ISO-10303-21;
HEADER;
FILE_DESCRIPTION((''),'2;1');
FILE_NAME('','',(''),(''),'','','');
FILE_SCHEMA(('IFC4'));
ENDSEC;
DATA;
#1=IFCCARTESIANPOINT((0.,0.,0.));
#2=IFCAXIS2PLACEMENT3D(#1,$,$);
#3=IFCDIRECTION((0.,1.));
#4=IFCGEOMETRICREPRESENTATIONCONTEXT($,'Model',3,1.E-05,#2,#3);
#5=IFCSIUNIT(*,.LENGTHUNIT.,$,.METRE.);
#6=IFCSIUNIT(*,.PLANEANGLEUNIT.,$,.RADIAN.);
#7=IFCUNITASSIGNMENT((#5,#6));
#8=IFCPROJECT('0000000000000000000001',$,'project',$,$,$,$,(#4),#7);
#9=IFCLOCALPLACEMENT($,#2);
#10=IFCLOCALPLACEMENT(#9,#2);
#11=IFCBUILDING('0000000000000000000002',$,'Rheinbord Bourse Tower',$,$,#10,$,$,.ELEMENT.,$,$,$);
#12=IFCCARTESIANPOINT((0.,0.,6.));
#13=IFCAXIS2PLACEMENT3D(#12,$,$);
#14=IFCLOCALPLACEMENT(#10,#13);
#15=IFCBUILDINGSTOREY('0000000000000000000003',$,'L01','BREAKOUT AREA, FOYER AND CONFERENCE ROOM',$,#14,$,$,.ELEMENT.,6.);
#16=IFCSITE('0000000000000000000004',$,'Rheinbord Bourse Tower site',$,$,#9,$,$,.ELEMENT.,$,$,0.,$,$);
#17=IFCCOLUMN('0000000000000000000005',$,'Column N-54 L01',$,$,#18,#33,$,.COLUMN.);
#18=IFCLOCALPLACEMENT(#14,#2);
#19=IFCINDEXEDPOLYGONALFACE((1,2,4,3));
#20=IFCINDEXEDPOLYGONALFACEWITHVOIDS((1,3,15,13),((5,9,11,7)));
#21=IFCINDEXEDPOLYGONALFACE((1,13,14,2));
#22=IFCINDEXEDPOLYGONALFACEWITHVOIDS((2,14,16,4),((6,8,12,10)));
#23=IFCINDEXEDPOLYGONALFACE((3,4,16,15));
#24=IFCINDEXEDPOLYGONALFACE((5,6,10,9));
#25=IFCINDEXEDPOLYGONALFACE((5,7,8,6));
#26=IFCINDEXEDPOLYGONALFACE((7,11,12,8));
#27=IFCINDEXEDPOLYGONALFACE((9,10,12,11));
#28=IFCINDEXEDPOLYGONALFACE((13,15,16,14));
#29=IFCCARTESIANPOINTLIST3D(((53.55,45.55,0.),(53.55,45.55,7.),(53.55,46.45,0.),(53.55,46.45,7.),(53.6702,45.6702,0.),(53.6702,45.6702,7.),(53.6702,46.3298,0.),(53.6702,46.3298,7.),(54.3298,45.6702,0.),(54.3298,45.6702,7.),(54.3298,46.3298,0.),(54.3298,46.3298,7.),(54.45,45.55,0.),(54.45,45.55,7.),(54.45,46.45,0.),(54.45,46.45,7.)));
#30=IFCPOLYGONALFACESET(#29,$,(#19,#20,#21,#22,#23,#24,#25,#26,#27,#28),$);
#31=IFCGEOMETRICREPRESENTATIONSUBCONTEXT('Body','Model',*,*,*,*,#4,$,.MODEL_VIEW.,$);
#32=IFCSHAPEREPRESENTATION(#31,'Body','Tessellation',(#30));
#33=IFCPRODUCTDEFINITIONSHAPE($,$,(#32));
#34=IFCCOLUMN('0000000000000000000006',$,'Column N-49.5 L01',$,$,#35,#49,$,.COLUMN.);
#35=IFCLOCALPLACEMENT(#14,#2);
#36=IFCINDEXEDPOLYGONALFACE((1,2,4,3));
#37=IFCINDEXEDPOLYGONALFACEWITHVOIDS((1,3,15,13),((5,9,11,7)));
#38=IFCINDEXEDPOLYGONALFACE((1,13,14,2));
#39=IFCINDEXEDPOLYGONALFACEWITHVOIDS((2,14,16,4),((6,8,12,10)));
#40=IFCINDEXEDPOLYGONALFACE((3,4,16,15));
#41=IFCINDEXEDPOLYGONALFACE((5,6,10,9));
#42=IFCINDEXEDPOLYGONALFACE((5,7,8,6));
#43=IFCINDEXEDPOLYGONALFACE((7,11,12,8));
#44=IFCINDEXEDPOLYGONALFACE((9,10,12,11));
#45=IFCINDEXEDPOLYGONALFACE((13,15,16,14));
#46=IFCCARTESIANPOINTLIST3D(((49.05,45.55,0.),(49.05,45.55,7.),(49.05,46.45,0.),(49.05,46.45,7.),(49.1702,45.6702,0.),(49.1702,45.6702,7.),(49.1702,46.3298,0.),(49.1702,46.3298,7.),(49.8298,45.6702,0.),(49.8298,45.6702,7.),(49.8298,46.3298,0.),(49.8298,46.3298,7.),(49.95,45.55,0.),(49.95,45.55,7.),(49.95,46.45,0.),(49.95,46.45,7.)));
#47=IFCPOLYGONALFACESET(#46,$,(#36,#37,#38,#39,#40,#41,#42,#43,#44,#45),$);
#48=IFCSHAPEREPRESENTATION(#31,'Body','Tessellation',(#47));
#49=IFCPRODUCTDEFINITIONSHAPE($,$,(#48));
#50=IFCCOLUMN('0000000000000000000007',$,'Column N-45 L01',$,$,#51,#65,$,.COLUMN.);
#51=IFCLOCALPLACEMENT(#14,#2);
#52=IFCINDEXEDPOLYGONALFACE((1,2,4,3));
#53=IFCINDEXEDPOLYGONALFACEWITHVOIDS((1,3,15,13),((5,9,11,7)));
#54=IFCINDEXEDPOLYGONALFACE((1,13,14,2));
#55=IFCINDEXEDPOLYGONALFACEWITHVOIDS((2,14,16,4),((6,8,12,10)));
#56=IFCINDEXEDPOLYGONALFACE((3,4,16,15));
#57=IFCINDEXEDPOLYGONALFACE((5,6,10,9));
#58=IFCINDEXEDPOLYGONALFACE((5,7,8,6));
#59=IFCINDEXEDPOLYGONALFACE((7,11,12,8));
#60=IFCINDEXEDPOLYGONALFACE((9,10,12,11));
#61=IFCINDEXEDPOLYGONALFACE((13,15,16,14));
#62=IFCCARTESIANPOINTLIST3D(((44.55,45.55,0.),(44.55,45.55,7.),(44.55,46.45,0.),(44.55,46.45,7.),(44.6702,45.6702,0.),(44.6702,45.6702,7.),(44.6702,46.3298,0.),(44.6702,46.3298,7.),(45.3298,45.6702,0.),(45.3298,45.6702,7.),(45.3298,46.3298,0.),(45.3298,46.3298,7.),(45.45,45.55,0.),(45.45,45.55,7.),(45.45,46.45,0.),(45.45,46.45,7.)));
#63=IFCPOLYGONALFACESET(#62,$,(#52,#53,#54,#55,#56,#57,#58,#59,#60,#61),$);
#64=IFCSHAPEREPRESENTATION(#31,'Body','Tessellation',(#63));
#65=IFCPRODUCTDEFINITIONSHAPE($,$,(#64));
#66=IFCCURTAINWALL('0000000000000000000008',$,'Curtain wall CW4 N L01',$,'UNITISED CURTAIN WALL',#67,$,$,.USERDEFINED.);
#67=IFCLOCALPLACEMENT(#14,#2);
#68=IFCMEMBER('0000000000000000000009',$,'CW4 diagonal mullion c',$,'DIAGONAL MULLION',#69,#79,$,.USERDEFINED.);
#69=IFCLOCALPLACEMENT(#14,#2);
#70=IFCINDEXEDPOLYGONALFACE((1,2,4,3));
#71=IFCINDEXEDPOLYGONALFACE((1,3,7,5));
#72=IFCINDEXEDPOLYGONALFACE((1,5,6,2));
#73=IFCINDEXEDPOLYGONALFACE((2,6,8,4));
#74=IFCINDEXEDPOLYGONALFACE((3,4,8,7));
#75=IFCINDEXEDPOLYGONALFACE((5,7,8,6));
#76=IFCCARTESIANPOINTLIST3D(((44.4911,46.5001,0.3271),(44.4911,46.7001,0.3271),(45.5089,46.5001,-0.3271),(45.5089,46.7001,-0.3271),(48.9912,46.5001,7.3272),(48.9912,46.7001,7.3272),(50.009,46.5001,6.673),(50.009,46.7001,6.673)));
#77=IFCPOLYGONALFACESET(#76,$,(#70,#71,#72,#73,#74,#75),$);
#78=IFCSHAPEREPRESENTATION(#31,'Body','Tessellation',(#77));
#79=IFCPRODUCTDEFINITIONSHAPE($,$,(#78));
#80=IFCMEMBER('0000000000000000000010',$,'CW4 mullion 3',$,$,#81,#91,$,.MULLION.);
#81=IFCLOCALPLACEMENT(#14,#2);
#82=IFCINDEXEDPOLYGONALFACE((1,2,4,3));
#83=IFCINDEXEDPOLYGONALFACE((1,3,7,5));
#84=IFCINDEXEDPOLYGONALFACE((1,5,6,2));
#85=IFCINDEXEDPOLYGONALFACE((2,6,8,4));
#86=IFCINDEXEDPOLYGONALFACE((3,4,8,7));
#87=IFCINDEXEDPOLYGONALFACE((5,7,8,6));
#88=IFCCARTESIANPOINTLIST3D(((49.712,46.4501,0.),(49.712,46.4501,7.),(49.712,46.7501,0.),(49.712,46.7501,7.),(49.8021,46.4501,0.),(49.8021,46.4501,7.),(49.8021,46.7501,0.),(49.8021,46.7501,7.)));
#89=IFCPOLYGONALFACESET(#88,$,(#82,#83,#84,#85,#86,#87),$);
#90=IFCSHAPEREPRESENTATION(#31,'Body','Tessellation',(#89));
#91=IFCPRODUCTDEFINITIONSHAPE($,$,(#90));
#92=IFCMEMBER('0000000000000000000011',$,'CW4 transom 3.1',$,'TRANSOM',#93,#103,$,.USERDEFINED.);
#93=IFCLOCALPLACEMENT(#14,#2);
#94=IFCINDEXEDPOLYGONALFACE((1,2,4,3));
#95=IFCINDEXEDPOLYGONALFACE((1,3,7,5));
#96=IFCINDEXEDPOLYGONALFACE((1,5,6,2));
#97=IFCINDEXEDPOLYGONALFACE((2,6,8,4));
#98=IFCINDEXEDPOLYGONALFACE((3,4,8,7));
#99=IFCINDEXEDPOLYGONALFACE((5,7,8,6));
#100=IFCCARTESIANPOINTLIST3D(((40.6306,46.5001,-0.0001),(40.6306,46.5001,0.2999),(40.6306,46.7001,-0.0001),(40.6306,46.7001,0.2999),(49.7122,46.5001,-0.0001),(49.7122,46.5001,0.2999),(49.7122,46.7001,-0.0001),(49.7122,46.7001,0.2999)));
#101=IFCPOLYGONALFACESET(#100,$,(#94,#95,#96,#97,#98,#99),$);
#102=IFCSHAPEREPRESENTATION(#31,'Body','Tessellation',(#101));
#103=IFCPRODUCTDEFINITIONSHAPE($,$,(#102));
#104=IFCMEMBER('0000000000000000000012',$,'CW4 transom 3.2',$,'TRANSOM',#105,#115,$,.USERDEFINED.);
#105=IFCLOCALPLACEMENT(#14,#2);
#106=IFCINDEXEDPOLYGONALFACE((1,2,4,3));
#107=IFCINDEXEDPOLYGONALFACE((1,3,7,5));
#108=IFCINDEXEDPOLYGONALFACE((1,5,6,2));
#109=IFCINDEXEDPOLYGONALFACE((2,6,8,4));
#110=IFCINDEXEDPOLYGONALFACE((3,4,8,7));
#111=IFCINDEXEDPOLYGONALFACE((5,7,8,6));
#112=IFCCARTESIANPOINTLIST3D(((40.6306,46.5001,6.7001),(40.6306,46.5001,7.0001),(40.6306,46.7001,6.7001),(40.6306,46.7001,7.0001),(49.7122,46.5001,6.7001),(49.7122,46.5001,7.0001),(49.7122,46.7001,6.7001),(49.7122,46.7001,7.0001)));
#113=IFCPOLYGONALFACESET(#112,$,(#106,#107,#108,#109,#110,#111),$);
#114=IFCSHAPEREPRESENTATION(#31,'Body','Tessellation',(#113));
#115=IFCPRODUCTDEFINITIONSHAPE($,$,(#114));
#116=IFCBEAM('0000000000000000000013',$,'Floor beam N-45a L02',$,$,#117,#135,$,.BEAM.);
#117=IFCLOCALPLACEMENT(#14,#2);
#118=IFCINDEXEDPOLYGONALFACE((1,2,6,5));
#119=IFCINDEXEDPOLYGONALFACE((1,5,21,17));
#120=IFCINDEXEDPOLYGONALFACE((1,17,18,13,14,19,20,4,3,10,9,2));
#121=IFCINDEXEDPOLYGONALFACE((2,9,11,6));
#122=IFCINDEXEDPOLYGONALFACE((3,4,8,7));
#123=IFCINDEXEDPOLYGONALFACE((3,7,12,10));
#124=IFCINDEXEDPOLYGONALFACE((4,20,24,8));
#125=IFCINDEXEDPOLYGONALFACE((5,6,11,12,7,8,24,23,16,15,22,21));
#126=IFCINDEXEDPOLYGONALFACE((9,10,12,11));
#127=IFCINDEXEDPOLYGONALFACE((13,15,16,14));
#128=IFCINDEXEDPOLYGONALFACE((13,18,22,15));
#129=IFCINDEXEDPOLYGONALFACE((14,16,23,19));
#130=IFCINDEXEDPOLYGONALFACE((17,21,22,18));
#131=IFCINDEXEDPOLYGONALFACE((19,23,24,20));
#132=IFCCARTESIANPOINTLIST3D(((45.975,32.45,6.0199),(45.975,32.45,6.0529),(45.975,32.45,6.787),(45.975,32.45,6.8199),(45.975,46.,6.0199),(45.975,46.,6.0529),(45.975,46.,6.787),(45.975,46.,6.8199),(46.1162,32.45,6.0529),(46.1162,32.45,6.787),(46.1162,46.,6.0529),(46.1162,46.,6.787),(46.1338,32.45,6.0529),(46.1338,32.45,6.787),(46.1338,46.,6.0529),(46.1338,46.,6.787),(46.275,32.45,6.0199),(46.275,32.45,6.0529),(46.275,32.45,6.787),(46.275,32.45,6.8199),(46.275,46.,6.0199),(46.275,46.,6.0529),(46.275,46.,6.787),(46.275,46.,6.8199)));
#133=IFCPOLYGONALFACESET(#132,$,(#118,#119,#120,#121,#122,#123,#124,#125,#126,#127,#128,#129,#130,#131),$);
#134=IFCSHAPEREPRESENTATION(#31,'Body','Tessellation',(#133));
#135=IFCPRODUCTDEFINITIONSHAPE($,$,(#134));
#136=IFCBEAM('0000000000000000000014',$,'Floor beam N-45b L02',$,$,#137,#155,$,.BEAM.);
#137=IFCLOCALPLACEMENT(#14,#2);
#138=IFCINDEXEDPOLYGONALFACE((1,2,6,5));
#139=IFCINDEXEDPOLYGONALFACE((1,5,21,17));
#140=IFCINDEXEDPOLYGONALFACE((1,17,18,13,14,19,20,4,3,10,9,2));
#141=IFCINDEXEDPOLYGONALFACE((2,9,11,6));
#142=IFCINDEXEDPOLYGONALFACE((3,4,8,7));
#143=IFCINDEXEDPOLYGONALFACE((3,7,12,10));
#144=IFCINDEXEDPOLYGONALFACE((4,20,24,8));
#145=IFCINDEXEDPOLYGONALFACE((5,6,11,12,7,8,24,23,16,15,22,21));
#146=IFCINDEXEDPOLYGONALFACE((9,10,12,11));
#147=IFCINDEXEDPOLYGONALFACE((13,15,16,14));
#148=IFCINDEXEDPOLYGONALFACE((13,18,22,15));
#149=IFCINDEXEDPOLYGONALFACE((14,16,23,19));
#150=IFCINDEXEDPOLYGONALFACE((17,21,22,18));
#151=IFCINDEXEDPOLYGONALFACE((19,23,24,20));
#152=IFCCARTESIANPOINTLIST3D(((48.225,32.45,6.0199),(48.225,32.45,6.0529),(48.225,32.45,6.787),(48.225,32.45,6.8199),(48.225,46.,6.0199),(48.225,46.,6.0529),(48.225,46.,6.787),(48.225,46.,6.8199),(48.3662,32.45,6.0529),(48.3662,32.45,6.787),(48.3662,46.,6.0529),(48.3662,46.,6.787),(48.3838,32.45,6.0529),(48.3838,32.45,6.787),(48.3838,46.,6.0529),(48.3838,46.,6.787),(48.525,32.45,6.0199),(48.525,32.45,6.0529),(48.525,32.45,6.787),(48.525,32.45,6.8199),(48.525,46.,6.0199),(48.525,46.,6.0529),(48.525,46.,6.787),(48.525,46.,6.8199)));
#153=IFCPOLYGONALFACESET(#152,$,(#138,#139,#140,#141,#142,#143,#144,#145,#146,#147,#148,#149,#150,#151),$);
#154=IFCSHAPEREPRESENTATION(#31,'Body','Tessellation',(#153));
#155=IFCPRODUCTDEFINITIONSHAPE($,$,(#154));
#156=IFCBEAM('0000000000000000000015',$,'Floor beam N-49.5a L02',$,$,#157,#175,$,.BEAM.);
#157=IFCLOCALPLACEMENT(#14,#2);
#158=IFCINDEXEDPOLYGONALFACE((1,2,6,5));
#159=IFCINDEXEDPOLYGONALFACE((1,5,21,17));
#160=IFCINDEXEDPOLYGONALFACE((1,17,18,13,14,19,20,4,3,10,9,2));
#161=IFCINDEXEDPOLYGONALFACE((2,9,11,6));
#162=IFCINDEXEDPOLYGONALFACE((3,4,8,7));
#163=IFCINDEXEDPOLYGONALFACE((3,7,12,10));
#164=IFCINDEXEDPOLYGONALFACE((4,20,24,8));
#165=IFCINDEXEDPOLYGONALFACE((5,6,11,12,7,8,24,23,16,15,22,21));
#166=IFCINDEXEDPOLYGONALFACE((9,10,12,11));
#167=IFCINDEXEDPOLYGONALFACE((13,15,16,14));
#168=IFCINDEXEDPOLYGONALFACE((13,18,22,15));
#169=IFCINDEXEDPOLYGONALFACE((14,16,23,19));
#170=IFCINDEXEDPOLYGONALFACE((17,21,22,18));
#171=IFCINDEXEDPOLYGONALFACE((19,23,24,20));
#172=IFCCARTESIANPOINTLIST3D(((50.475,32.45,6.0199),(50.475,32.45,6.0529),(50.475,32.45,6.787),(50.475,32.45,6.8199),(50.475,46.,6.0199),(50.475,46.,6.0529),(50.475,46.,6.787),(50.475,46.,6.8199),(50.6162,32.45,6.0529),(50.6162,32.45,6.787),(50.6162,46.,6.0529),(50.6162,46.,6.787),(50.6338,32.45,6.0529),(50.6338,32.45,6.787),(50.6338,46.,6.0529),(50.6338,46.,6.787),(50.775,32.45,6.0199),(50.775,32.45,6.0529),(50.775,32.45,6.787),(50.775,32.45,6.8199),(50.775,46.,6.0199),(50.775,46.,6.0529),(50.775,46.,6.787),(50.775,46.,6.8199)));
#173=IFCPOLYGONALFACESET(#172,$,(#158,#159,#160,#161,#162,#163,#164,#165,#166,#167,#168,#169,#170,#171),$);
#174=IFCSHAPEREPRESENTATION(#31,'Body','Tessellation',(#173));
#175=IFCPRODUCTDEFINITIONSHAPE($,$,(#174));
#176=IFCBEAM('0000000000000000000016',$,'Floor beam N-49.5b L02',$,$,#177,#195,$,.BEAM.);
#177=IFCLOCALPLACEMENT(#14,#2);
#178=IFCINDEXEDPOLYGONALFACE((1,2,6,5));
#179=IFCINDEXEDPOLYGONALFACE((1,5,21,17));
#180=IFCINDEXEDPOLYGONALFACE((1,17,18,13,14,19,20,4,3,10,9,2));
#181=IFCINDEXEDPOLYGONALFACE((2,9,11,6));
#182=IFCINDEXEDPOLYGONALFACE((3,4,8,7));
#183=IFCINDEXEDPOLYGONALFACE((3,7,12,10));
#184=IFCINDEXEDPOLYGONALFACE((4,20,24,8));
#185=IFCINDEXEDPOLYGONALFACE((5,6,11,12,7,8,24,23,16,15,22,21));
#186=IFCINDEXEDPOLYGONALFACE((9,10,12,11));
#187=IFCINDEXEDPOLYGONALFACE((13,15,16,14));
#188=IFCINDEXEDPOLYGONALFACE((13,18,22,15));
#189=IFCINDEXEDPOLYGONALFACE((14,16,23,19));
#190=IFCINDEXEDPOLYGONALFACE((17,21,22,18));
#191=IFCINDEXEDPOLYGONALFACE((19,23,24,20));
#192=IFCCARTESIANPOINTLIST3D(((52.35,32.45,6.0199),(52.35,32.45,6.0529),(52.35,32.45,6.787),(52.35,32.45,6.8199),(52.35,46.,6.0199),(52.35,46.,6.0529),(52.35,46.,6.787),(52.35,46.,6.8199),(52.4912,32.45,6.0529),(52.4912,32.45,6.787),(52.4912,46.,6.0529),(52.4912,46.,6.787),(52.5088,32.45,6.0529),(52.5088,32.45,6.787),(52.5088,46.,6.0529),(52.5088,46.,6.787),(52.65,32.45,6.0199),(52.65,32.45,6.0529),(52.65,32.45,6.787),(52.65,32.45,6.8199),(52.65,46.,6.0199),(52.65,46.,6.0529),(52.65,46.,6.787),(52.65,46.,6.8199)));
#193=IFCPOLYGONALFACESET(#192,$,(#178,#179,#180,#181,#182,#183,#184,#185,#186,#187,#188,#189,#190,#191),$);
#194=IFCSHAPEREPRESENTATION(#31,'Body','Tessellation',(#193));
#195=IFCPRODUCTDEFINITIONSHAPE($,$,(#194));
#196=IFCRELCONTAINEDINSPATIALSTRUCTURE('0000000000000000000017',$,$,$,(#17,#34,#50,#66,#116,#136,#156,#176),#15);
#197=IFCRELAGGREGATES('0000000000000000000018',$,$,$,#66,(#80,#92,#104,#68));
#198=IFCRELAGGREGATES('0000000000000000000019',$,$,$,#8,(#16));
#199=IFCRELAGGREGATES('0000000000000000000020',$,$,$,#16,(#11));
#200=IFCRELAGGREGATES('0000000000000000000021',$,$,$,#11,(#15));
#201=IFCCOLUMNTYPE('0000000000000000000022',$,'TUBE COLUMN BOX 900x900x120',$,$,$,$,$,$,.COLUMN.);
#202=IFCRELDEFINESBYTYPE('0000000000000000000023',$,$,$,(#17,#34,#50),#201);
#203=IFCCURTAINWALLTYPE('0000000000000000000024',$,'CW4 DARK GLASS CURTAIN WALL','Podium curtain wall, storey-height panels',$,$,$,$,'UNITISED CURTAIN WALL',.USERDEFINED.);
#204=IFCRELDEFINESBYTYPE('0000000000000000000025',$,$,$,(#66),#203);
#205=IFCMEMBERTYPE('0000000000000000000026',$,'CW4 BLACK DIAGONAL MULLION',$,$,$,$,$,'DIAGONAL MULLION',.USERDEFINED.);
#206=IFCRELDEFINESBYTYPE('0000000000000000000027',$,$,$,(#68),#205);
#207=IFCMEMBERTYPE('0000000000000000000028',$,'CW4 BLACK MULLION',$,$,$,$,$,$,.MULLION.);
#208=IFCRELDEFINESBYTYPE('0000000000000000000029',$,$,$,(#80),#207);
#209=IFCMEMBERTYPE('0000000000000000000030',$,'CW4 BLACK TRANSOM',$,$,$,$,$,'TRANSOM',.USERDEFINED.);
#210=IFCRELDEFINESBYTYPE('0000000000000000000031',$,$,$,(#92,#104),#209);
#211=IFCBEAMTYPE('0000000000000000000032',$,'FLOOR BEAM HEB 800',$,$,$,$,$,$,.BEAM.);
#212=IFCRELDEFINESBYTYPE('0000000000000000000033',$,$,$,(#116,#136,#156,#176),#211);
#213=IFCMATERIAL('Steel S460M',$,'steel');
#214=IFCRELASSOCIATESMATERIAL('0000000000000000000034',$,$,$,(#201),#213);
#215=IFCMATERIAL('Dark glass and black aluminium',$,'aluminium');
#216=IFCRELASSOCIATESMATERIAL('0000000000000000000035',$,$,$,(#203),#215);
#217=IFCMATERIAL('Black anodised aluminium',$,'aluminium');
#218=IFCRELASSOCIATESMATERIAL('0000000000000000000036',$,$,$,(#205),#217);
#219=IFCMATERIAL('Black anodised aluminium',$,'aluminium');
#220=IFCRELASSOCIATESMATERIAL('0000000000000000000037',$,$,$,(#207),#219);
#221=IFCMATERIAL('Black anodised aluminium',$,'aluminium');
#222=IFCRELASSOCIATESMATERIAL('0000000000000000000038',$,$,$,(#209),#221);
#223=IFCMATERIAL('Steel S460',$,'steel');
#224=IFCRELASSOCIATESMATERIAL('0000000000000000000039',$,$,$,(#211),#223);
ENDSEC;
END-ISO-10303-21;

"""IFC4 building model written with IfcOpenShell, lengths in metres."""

from ifc_helpers import new_model, si_unit, direction, frame, origin, origin_2d, place, context, subcontext, project, spatial, rectangle, hollow_rectangle, i_section, extrude, material, material_profile, profile_set, type_object, element, aggregate, save


model = new_model("IFC4")

# Units and contexts
model_context = context("Model", 3, precision=1e-05, world=origin(), true_north=direction((0.0, 1.0)))
body_context = subcontext(model_context, "Body", "Model", "MODEL_VIEW")
ifc_project = project(units=[si_unit("LENGTHUNIT", "METRE"), si_unit("PLANEANGLEUNIT", "RADIAN")], contexts=[model_context])

# Site, building, storey
site_placement = place(None, origin())
site = spatial("IfcSite", under=ifc_project, at=site_placement, Name="Rheinbord Bourse Tower site", CompositionType="ELEMENT", RefElevation=0.0)
building_placement = place(site_placement, origin())
building = spatial("IfcBuilding", under=site, at=building_placement, Name="Rheinbord Bourse Tower", CompositionType="ELEMENT")
storey_placement = place(building_placement, frame((0.0, 0.0, 6.0)))
storey = spatial("IfcBuildingStorey", under=building, at=storey_placement, Name="L01", Description="BREAKOUT AREA, FOYER AND CONFERENCE ROOM", CompositionType="ELEMENT", Elevation=6.0)

# Columns
ifc_material_1 = material(Name="Steel S460M", Category="steel")
ifc_material_profile_1 = material_profile(ifc_material_1, hollow_rectangle(XDim=0.8999, YDim=0.8999, WallThickness=0.1201, at=origin_2d()), Name="BOX 900x900x120")
ifc_profile_set_1 = profile_set([ifc_material_profile_1], Name="Steel S460M")
column_type = type_object("IfcColumnType", Name="TUBE COLUMN BOX 900x900x120", PredefinedType="COLUMN", material=ifc_profile_set_1)
for number, where, z_axis, x_axis, name in (
    (1, (54.0, 46.0, 0.0), (0.0, 0.0, 1.0), (0.0, 1.0, 0.0), "Column N-54 L01"),
    (2, (49.5, 46.0, 0.0), (0.0, 0.0, 1.0), (0.0, 1.0, 0.0), "Column N-49.5 L01"),
    (3, (45.0, 46.0, 0.0), (0.0, 0.0, 1.0), (0.0, 1.0, 0.0), "Column N-45 L01"),
):
    element("IfcColumn", number, at=place(storey_placement, frame(where, z_axis=z_axis, x_axis=x_axis)), inside=storey, type_object=column_type, Name=name, PredefinedType="COLUMN", context=body_context, shape_type="SweptSolid", body=[
        extrude(hollow_rectangle(XDim=0.8999, YDim=0.8999, WallThickness=0.1201, at=origin_2d()), origin(), (0.0, 0.0, 1.0), 7.0),
    ])

# Curtain wall, members
ifc_material_2 = material(Name="Dark glass and black aluminium", Category="aluminium")
curtain_wall_type = type_object("IfcCurtainWallType", Name="CW4 DARK GLASS CURTAIN WALL", Description="Podium curtain wall, storey-height panels", ElementType="UNITISED CURTAIN WALL", PredefinedType="USERDEFINED", material=ifc_material_2)
curtain_wall_placement = place(storey_placement, origin())
curtain_wall = element("IfcCurtainWall", 4, at=curtain_wall_placement, inside=storey, type_object=curtain_wall_type, Name="Curtain wall CW4 N L01", ObjectType="UNITISED CURTAIN WALL", PredefinedType="USERDEFINED")
ifc_material_3 = material(Name="Black anodised aluminium", Category="aluminium")
ifc_material_profile_2 = material_profile(ifc_material_3, rectangle(XDim=0.2, YDim=1.21, at=origin_2d()), Name="CW4 DIAGONAL MULLION 1210x200")
ifc_profile_set_2 = profile_set([ifc_material_profile_2], Name="Black anodised aluminium")
member_type_1 = type_object("IfcMemberType", Name="CW4 BLACK DIAGONAL MULLION", ElementType="DIAGONAL MULLION", PredefinedType="USERDEFINED", material=ifc_profile_set_2)
member_1_placement = place(storey_placement, frame((45.0, 46.6001, 0.0), z_axis=(0.540758, 0.0, 0.841178), x_axis=(0.0, 1.0, 0.0)))
member_1 = element("IfcMember", 5, at=member_1_placement, type_object=member_type_1, Name="CW4 diagonal mullion c", ObjectType="DIAGONAL MULLION", PredefinedType="USERDEFINED", context=body_context, shape_type="SweptSolid", body=[
    extrude(rectangle(XDim=0.2, YDim=1.21, at=origin_2d()), origin(), (0.0, 0.0, 1.0), 8.3218),
])
ifc_material_4 = material(Name="Black anodised aluminium", Category="aluminium")
ifc_material_profile_3 = material_profile(ifc_material_4, rectangle(XDim=0.3, YDim=0.0901, at=origin_2d()), Name="CW4 MULLION 90x300")
ifc_profile_set_3 = profile_set([ifc_material_profile_3], Name="Black anodised aluminium")
member_type_2 = type_object("IfcMemberType", Name="CW4 BLACK MULLION", PredefinedType="MULLION", material=ifc_profile_set_3)
member_2_placement = place(storey_placement, frame((49.7571, 46.6001, 0.0), z_axis=(0.0, 0.0, 1.0), x_axis=(0.0, -1.0, 0.0)))
member_2 = element("IfcMember", 6, at=member_2_placement, type_object=member_type_2, Name="CW4 mullion 3", PredefinedType="MULLION", context=body_context, shape_type="SweptSolid", body=[
    extrude(rectangle(XDim=0.3, YDim=0.0901, at=origin_2d()), origin(), (0.0, 0.0, 1.0), 7.0),
])
ifc_material_5 = material(Name="Black anodised aluminium", Category="aluminium")
ifc_material_profile_4 = material_profile(ifc_material_5, rectangle(XDim=0.2, YDim=0.3, at=origin_2d()), Name="CW4 TRANSOM 300x200")
ifc_profile_set_4 = profile_set([ifc_material_profile_4], Name="Black anodised aluminium")
member_type_3 = type_object("IfcMemberType", Name="CW4 BLACK TRANSOM", ElementType="TRANSOM", PredefinedType="USERDEFINED", material=ifc_profile_set_4)
member_3_placement = place(storey_placement, frame((49.7122, 46.6001, 0.1499), z_axis=(-1.0, 0.0, 0.0), x_axis=(0.0, -1.0, 0.0)))
member_3 = element("IfcMember", 7, at=member_3_placement, type_object=member_type_3, Name="CW4 transom 3.1", ObjectType="TRANSOM", PredefinedType="USERDEFINED", context=body_context, shape_type="SweptSolid", body=[
    extrude(rectangle(XDim=0.2, YDim=0.3, at=origin_2d()), origin(), (0.0, 0.0, 1.0), 9.0815),
])
member_4_placement = place(storey_placement, frame((49.7122, 46.6001, 6.8501), z_axis=(-1.0, 0.0, 0.0), x_axis=(0.0, -1.0, 0.0)))
member_4 = element("IfcMember", 8, at=member_4_placement, type_object=member_type_3, Name="CW4 transom 3.2", ObjectType="TRANSOM", PredefinedType="USERDEFINED", context=body_context, shape_type="SweptSolid", body=[
    extrude(rectangle(XDim=0.2, YDim=0.3, at=origin_2d()), origin(), (0.0, 0.0, 1.0), 9.0815),
])

# Beams
ifc_material_6 = material(Name="Steel S460", Category="steel")
ifc_material_profile_5 = material_profile(ifc_material_6, i_section(OverallWidth=0.3, OverallDepth=0.8, WebThickness=0.0176, FlangeThickness=0.033, at=origin_2d()), Name="HEB 800")
ifc_profile_set_5 = profile_set([ifc_material_profile_5], Name="Steel S460")
beam_type_1 = type_object("IfcBeamType", Name="FLOOR BEAM HEB 800", PredefinedType="BEAM", material=ifc_profile_set_5)
for number, where, z_axis, x_axis, name in (
    (9, (46.125, 46.0, 6.4199), (0.0, -1.0, 0.0), (1.0, 0.0, 0.0), "Floor beam N-45a L02"),
    (10, (48.375, 46.0, 6.4199), (0.0, -1.0, 0.0), (1.0, 0.0, 0.0), "Floor beam N-45b L02"),
    (11, (50.625, 46.0, 6.4199), (0.0, -1.0, 0.0), (1.0, 0.0, 0.0), "Floor beam N-49.5a L02"),
    (12, (52.5, 46.0, 6.4199), (0.0, -1.0, 0.0), (1.0, 0.0, 0.0), "Floor beam N-49.5b L02"),
):
    element("IfcBeam", number, at=place(storey_placement, frame(where, z_axis=z_axis, x_axis=x_axis)), inside=storey, type_object=beam_type_1, Name=name, PredefinedType="BEAM", context=body_context, shape_type="SweptSolid", body=[
        extrude(i_section(OverallWidth=0.3, OverallDepth=0.8, WebThickness=0.0176, FlangeThickness=0.033, at=origin_2d()), origin(), (0.0, 0.0, 1.0), 13.55),
    ])

aggregate(curtain_wall, [member_2, member_3, member_4, member_1])

save(model, "model.ifc")
